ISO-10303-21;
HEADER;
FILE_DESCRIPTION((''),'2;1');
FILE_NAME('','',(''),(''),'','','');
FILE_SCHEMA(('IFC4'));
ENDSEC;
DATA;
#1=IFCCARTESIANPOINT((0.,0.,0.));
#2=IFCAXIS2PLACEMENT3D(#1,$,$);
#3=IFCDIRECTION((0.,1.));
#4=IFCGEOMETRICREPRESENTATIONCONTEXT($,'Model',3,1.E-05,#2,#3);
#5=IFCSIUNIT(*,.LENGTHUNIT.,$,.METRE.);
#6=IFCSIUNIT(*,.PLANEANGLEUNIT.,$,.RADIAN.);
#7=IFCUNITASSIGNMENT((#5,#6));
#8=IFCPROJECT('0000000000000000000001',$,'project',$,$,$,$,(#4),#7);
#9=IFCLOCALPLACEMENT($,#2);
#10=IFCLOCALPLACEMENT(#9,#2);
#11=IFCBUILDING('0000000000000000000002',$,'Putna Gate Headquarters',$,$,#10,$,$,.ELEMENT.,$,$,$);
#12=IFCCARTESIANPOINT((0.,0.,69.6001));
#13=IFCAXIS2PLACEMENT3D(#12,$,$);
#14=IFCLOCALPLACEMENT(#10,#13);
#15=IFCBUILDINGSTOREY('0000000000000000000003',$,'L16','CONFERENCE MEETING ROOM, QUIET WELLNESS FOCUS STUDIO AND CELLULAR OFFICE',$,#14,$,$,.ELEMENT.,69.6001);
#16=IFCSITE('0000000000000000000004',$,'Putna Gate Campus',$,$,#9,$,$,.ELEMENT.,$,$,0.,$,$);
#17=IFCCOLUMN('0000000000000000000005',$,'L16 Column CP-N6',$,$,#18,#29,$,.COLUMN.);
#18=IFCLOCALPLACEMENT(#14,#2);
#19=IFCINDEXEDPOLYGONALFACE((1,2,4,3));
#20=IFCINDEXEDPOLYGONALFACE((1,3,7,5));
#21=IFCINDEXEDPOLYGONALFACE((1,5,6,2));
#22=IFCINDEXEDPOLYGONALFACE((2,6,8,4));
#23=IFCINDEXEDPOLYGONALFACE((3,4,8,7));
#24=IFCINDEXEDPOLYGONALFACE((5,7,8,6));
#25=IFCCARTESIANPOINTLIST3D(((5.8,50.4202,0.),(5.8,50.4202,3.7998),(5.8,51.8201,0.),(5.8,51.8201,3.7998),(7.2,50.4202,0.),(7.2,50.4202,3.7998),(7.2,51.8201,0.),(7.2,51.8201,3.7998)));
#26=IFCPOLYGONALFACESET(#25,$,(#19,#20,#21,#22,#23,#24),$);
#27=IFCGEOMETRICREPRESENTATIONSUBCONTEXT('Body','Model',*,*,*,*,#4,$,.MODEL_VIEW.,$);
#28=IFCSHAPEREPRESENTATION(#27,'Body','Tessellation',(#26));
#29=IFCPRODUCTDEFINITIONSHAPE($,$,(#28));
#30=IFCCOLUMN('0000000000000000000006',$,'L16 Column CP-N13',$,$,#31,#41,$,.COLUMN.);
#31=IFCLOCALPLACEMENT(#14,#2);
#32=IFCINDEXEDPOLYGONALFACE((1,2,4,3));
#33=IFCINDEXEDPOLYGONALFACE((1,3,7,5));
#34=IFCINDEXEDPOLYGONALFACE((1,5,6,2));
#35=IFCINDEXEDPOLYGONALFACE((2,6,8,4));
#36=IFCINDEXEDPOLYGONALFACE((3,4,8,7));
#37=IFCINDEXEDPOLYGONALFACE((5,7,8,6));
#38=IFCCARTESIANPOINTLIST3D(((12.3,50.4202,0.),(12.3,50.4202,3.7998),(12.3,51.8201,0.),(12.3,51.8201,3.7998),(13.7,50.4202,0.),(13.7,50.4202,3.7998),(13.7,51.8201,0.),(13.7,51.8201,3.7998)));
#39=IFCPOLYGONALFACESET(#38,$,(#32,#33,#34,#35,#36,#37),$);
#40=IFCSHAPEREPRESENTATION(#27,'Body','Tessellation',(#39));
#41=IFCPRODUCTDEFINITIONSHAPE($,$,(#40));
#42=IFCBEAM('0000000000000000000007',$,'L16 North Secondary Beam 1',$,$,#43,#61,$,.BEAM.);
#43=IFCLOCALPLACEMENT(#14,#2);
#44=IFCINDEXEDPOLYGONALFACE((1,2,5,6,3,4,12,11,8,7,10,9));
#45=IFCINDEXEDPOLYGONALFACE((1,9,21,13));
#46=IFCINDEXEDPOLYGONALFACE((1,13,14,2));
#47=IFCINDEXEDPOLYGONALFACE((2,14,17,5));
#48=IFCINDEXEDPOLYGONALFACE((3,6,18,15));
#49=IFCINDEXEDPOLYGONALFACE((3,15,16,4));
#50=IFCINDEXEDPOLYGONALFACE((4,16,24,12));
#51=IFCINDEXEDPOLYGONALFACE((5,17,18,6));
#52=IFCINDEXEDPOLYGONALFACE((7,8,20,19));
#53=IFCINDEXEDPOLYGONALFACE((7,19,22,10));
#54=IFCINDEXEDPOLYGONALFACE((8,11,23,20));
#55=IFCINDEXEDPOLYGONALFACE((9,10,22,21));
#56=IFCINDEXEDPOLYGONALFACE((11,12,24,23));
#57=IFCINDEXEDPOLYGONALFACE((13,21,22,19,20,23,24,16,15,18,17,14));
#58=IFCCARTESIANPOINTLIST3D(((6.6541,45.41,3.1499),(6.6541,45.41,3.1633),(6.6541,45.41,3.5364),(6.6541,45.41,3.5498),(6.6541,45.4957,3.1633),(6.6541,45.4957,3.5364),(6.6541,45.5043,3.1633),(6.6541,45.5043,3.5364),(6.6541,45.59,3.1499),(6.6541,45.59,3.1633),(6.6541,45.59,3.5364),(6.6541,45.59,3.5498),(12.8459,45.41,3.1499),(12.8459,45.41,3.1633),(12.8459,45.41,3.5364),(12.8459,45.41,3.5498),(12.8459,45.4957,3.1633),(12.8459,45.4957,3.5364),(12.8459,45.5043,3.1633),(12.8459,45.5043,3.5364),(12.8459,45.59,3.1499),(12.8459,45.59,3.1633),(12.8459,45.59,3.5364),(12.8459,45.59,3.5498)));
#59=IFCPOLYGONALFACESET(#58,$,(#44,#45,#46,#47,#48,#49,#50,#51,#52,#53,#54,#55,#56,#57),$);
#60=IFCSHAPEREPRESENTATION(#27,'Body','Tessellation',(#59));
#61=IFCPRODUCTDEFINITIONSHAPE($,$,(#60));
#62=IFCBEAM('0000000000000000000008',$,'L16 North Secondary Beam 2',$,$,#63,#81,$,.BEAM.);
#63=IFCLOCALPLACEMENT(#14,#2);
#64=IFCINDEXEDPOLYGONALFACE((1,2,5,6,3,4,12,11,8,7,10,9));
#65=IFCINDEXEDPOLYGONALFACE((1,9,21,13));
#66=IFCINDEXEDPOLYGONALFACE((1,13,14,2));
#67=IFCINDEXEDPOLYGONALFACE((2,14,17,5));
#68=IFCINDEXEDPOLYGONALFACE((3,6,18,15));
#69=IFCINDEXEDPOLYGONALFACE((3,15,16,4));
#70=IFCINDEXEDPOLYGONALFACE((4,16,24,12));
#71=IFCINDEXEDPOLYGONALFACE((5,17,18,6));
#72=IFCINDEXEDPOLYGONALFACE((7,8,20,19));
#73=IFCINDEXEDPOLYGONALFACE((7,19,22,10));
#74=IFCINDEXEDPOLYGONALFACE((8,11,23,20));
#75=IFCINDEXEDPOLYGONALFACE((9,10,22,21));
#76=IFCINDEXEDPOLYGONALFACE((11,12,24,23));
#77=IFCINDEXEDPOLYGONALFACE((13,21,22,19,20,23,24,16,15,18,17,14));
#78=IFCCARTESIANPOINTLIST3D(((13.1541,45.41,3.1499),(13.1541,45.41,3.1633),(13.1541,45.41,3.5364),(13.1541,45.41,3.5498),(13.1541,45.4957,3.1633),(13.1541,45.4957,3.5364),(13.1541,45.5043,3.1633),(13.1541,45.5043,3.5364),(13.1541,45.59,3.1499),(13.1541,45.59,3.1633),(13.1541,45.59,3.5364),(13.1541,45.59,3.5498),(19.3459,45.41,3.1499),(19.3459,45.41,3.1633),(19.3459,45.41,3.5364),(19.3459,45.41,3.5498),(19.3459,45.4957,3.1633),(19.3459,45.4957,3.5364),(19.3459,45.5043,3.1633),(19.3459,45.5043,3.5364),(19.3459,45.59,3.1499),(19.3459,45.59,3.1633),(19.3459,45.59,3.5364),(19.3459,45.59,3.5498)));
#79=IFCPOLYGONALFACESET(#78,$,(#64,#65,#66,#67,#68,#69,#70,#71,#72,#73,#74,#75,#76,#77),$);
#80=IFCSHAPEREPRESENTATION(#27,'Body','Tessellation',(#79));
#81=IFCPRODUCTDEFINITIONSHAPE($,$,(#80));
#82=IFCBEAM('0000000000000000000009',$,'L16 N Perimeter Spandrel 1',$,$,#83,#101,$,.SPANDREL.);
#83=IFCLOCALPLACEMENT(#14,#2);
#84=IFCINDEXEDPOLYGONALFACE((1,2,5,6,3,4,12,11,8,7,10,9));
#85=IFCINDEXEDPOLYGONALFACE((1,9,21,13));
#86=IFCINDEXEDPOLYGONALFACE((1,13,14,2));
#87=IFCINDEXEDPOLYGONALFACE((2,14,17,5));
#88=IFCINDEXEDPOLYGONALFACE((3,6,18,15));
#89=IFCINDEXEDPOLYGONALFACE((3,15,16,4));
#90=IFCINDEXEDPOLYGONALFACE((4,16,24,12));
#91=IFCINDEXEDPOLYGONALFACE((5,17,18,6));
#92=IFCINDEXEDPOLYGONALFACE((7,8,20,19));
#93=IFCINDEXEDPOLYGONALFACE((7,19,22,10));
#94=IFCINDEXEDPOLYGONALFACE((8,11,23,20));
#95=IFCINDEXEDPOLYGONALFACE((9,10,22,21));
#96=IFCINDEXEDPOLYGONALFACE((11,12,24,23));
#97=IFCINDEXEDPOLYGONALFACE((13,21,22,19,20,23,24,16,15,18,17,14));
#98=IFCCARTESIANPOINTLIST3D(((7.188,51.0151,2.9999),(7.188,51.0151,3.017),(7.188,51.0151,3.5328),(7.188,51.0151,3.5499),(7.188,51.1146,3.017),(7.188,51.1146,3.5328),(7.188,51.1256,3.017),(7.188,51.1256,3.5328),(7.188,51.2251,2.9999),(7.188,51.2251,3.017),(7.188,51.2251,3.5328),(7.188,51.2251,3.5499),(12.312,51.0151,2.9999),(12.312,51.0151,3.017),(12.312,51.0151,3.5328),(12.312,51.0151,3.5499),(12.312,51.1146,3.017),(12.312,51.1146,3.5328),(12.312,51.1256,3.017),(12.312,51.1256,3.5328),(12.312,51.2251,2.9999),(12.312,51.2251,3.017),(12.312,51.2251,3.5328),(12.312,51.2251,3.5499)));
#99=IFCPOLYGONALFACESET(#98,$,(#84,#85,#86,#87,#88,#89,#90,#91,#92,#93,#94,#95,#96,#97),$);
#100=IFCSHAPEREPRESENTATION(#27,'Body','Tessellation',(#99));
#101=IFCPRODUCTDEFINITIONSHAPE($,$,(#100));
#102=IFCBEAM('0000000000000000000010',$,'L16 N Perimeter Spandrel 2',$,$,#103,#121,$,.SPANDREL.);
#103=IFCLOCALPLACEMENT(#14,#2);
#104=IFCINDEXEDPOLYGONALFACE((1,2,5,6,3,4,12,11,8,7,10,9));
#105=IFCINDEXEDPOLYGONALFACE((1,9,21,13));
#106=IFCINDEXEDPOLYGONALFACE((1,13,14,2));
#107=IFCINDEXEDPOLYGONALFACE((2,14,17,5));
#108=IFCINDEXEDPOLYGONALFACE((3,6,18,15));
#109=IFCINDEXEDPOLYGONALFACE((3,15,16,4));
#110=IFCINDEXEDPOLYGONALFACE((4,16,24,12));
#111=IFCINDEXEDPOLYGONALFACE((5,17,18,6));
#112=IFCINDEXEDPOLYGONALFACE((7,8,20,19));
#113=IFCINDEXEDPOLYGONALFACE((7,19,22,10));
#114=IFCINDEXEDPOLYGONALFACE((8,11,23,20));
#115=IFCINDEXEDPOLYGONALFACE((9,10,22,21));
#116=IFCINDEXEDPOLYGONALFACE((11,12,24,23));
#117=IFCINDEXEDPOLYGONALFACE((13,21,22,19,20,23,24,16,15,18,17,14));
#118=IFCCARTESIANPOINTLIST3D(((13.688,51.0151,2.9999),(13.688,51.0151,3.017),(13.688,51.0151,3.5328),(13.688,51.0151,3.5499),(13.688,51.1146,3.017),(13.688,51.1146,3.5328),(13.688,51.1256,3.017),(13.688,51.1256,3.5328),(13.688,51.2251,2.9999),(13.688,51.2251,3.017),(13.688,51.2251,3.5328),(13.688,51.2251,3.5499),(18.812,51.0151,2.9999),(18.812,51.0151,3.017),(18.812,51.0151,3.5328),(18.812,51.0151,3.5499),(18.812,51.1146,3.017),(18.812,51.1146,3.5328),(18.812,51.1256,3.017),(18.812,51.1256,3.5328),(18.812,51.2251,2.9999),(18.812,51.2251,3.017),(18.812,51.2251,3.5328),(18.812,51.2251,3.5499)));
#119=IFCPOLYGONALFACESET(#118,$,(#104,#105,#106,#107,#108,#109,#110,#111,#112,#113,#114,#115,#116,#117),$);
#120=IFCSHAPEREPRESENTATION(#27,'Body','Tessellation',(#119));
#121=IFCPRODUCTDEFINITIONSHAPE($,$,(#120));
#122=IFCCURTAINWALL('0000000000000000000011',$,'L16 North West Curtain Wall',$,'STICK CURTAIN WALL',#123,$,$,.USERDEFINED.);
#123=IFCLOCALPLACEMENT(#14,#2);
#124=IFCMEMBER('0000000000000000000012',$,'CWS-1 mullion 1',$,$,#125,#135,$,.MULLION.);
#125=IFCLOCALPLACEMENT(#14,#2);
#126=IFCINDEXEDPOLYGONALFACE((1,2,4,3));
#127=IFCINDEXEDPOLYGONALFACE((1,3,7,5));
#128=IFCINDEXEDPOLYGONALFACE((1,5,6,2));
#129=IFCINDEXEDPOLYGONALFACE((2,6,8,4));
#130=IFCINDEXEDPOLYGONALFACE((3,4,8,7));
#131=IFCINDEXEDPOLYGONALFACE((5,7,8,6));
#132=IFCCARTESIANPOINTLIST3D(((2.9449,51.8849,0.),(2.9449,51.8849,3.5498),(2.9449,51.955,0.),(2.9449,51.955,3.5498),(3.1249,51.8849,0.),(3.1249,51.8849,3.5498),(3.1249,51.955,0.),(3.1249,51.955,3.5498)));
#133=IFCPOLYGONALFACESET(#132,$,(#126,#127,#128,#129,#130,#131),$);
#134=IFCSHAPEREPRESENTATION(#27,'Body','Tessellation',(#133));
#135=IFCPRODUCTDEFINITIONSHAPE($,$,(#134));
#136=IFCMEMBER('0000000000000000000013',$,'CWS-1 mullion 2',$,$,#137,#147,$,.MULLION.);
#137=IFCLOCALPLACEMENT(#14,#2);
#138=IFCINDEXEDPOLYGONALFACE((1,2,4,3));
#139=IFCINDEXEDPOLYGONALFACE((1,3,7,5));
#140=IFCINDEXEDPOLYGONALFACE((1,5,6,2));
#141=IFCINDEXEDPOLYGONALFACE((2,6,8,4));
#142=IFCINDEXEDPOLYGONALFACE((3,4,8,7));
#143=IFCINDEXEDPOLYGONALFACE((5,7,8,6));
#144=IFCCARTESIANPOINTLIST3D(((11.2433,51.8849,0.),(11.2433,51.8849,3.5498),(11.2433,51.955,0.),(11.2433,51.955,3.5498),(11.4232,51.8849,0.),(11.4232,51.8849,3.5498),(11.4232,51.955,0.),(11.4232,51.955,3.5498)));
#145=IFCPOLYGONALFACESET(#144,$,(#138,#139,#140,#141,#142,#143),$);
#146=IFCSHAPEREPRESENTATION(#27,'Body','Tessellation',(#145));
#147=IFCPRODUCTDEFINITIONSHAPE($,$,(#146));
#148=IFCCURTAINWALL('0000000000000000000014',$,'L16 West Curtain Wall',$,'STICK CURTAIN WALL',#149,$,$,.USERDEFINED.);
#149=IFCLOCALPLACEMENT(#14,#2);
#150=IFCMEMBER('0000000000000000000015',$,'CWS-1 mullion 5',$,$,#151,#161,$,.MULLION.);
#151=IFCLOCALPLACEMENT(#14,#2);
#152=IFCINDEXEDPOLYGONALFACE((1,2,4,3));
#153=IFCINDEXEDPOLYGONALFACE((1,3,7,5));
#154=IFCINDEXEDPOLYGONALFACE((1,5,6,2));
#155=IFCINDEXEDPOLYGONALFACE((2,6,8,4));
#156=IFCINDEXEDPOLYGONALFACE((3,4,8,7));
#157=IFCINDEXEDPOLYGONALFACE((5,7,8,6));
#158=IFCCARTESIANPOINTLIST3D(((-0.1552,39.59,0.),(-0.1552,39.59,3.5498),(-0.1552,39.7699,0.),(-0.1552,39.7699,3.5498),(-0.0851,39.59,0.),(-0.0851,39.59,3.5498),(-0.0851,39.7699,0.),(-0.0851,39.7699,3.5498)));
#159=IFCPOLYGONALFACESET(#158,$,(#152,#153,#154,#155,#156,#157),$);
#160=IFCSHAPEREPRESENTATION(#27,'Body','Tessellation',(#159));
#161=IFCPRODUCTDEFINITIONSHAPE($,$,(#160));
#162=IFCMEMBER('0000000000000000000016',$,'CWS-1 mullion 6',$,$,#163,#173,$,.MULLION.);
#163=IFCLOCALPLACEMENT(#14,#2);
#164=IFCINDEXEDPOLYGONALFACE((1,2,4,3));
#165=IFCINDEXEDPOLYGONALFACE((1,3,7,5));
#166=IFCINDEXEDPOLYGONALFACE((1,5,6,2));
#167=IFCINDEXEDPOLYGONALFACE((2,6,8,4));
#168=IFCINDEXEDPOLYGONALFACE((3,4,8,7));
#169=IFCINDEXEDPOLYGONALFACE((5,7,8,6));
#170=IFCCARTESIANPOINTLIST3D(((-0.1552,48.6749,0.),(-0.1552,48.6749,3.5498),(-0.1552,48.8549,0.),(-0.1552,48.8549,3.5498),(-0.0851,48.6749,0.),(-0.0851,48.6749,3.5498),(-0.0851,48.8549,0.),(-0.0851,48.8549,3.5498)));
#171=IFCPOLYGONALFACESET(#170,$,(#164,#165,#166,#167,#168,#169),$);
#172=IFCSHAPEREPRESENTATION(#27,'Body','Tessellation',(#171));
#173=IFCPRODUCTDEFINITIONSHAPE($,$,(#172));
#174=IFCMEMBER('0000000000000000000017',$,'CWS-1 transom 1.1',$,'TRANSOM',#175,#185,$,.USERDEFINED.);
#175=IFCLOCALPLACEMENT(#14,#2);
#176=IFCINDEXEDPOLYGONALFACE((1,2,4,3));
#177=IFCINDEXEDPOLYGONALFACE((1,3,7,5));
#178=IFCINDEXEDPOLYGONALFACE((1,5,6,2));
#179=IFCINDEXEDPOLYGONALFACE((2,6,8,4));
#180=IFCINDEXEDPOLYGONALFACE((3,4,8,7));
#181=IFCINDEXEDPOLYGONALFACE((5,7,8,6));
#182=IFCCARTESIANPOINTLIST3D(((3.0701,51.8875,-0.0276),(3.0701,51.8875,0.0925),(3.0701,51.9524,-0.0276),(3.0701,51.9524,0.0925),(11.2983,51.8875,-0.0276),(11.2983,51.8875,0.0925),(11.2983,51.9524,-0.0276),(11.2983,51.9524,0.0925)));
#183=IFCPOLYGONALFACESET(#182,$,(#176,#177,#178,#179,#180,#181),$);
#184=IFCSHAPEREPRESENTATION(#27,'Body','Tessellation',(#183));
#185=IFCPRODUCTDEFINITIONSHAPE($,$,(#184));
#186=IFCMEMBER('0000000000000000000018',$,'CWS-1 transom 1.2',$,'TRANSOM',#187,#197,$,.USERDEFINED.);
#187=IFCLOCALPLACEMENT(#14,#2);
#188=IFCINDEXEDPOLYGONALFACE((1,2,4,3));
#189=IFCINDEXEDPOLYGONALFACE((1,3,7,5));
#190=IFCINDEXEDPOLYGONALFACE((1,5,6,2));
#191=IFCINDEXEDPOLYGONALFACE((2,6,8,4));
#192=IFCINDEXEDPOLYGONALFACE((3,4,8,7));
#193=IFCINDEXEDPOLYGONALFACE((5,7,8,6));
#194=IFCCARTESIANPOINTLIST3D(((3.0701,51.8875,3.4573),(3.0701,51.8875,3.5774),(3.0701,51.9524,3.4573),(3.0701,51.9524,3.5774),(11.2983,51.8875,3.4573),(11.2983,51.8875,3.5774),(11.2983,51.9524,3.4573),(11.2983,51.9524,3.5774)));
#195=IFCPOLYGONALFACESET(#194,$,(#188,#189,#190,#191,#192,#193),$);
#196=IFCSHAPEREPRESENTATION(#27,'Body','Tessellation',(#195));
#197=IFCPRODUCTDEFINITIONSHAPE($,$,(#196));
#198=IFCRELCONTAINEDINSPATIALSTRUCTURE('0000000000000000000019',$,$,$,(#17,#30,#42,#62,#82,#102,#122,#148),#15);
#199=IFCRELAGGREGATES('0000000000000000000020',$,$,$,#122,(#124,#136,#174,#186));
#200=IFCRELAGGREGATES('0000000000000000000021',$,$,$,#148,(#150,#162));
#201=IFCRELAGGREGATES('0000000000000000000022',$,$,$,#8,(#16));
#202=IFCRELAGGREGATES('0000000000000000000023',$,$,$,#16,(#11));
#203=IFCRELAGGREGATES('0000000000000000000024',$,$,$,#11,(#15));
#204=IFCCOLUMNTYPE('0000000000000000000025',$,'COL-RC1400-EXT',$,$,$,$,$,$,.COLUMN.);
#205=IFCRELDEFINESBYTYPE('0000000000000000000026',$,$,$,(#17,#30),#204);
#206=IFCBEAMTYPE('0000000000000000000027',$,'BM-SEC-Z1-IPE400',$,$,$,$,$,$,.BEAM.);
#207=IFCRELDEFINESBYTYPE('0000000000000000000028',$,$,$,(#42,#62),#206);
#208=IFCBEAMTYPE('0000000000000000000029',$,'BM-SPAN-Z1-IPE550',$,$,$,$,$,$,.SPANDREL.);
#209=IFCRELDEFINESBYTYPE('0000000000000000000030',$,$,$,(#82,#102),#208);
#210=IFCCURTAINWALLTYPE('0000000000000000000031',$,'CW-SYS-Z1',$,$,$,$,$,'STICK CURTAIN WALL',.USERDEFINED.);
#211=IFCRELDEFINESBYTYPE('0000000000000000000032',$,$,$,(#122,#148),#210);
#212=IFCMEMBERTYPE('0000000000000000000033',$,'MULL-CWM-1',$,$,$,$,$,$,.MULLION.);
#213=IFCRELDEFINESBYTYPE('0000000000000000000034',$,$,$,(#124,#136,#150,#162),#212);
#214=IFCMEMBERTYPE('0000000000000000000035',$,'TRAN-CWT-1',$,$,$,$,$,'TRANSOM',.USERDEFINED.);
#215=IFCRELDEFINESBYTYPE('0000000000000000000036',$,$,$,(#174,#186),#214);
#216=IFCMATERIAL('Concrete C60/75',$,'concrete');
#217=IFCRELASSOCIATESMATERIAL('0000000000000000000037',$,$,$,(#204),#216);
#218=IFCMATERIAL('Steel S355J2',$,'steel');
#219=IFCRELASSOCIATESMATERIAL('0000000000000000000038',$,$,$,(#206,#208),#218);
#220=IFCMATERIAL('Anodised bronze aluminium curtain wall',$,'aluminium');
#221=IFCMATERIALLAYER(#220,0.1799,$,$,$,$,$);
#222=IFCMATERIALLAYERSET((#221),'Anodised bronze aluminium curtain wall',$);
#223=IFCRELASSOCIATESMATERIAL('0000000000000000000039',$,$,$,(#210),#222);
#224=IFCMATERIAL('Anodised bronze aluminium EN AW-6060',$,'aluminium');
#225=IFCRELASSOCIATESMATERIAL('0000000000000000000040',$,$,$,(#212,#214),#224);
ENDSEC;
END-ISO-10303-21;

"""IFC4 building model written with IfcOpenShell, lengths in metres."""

from ifc_helpers import new_model, si_unit, direction, frame, origin, origin_2d, place, context, subcontext, project, spatial, rectangle, i_section, extrude, material, layer, layer_set, material_profile, profile_set, type_object, element, aggregate, save


model = new_model("IFC4")

# Units and contexts
model_context = context("Model", 3, precision=1e-05, world=origin(), true_north=direction((0.0, 1.0)))
body_context = subcontext(model_context, "Body", "Model", "MODEL_VIEW")
ifc_project = project(units=[si_unit("LENGTHUNIT", "METRE"), si_unit("PLANEANGLEUNIT", "RADIAN")], contexts=[model_context])

# Site, building, storey
site_placement = place(None, origin())
site = spatial("IfcSite", under=ifc_project, at=site_placement, Name="Putna Gate Campus", CompositionType="ELEMENT", RefElevation=0.0)
building_placement = place(site_placement, origin())
building = spatial("IfcBuilding", under=site, at=building_placement, Name="Putna Gate Headquarters", CompositionType="ELEMENT")
storey_placement = place(building_placement, frame((0.0, 0.0, 69.6001)))
storey = spatial("IfcBuildingStorey", under=building, at=storey_placement, Name="L16", Description="CONFERENCE MEETING ROOM, QUIET WELLNESS FOCUS STUDIO AND CELLULAR OFFICE", CompositionType="ELEMENT", Elevation=69.6001)

# Columns
ifc_material_1 = material(Name="Concrete C60/75", Category="concrete")
ifc_material_profile_1 = material_profile(ifc_material_1, rectangle(XDim=1.3999, YDim=1.3999, at=origin_2d()), Name="Concrete C60/75")
ifc_profile_set_1 = profile_set([ifc_material_profile_1], Name="Concrete C60/75")
column_type = type_object("IfcColumnType", Name="COL-RC1400-EXT", PredefinedType="COLUMN", material=ifc_profile_set_1)
for number, where, z_axis, x_axis, name in (
    (1, (6.5, 51.1201, 0.0), (0.0, 0.0, 1.0), (1.0, 0.0, 0.0), "L16 Column CP-N6"),
    (2, (13.0, 51.1201, 0.0), (0.0, 0.0, 1.0), (1.0, 0.0, 0.0), "L16 Column CP-N13"),
):
    element("IfcColumn", number, at=place(storey_placement, frame(where, z_axis=z_axis, x_axis=x_axis)), inside=storey, type_object=column_type, Name=name, PredefinedType="COLUMN", context=body_context, shape_type="SweptSolid", body=[
        extrude(rectangle(XDim=1.3999, YDim=1.3999, at=origin_2d()), origin(), (0.0, 0.0, 1.0), 3.7998),
    ])

# Beams
ifc_material_2 = material(Name="Steel S355J2", Category="steel")
ifc_material_profile_2 = material_profile(ifc_material_2, i_section(OverallWidth=0.1799, OverallDepth=0.3999, WebThickness=0.0085, FlangeThickness=0.0134, at=origin_2d()), Name="Steel S355J2")
ifc_profile_set_2 = profile_set([ifc_material_profile_2], Name="Steel S355J2")
beam_type_1 = type_object("IfcBeamType", Name="BM-SEC-Z1-IPE400", PredefinedType="BEAM", material=ifc_profile_set_2)
for number, where, z_axis, x_axis, name in (
    (3, (6.6541, 45.5, 3.3499), (1.0, 0.0, 0.0), (0.0, 1.0, 0.0), "L16 North Secondary Beam 1"),
    (4, (13.1541, 45.5, 3.3499), (1.0, 0.0, 0.0), (0.0, 1.0, 0.0), "L16 North Secondary Beam 2"),
):
    element("IfcBeam", number, at=place(storey_placement, frame(where, z_axis=z_axis, x_axis=x_axis)), inside=storey, type_object=beam_type_1, Name=name, PredefinedType="BEAM", context=body_context, shape_type="SweptSolid", body=[
        extrude(i_section(OverallWidth=0.1799, OverallDepth=0.3999, WebThickness=0.0085, FlangeThickness=0.0134, at=origin_2d()), origin(), (0.0, 0.0, 1.0), 6.1919),
    ])
ifc_material_profile_3 = material_profile(ifc_material_2, i_section(OverallWidth=0.21, OverallDepth=0.55, WebThickness=0.011, FlangeThickness=0.0171, at=origin_2d()), Name="Steel S355J2")
ifc_profile_set_3 = profile_set([ifc_material_profile_3], Name="Steel S355J2")
beam_type_2 = type_object("IfcBeamType", Name="BM-SPAN-Z1-IPE550", PredefinedType="SPANDREL", material=ifc_profile_set_3)
for number, where, z_axis, x_axis, name in (
    (5, (7.188, 51.1201, 3.2749), (1.0, 0.0, 0.0), (0.0, 1.0, 0.0), "L16 N Perimeter Spandrel 1"),
    (6, (13.688, 51.1201, 3.2749), (1.0, 0.0, 0.0), (0.0, 1.0, 0.0), "L16 N Perimeter Spandrel 2"),
):
    element("IfcBeam", number, at=place(storey_placement, frame(where, z_axis=z_axis, x_axis=x_axis)), inside=storey, type_object=beam_type_2, Name=name, PredefinedType="SPANDREL", context=body_context, shape_type="SweptSolid", body=[
        extrude(i_section(OverallWidth=0.21, OverallDepth=0.55, WebThickness=0.011, FlangeThickness=0.0171, at=origin_2d()), origin(), (0.0, 0.0, 1.0), 5.124),
    ])

# Curtain walls, members
ifc_material_3 = material(Name="Anodised bronze aluminium curtain wall", Category="aluminium")
ifc_layer_1 = layer(ifc_material_3, 0.1799)
ifc_layer_set_1 = layer_set([ifc_layer_1], Name="Anodised bronze aluminium curtain wall")
curtain_wall_type = type_object("IfcCurtainWallType", Name="CW-SYS-Z1", ElementType="STICK CURTAIN WALL", PredefinedType="USERDEFINED", material=ifc_layer_set_1)
curtain_wall_1_placement = place(storey_placement, origin())
curtain_wall_1 = element("IfcCurtainWall", 7, at=curtain_wall_1_placement, inside=storey, type_object=curtain_wall_type, Name="L16 North West Curtain Wall", ObjectType="STICK CURTAIN WALL", PredefinedType="USERDEFINED")
ifc_material_4 = material(Name="Anodised bronze aluminium EN AW-6060", Category="aluminium")
ifc_material_profile_4 = material_profile(ifc_material_4, rectangle(XDim=0.0701, YDim=0.1799, at=origin_2d()), Name="Anodised bronze aluminium EN AW-6060")
ifc_profile_set_4 = profile_set([ifc_material_profile_4], Name="Anodised bronze aluminium EN AW-6060")
member_type_1 = type_object("IfcMemberType", Name="MULL-CWM-1", PredefinedType="MULLION", material=ifc_profile_set_4)
member_1_placement = place(storey_placement, frame((3.0349, 51.9199, 0.0), z_axis=(0.0, 0.0, 1.0), x_axis=(0.0, 1.0, 0.0)))
member_1 = element("IfcMember", 8, at=member_1_placement, type_object=member_type_1, Name="CWS-1 mullion 1", PredefinedType="MULLION", context=body_context, shape_type="SweptSolid", body=[
    extrude(rectangle(XDim=0.0701, YDim=0.1799, at=origin_2d()), origin(), (0.0, 0.0, 1.0), 3.5498),
])
member_2_placement = place(storey_placement, frame((11.3333, 51.9199, 0.0), z_axis=(0.0, 0.0, 1.0), x_axis=(0.0, 1.0, 0.0)))
member_2 = element("IfcMember", 9, at=member_2_placement, type_object=member_type_1, Name="CWS-1 mullion 2", PredefinedType="MULLION", context=body_context, shape_type="SweptSolid", body=[
    extrude(rectangle(XDim=0.0701, YDim=0.1799, at=origin_2d()), origin(), (0.0, 0.0, 1.0), 3.5498),
])
curtain_wall_2_placement = place(storey_placement, origin())
curtain_wall_2 = element("IfcCurtainWall", 10, at=curtain_wall_2_placement, inside=storey, type_object=curtain_wall_type, Name="L16 West Curtain Wall", ObjectType="STICK CURTAIN WALL", PredefinedType="USERDEFINED")
member_3_placement = place(storey_placement, frame((-0.1201, 39.6799, 0.0), z_axis=(0.0, 0.0, 1.0), x_axis=(-1.0, 0.0, 0.0)))
member_3 = element("IfcMember", 11, at=member_3_placement, type_object=member_type_1, Name="CWS-1 mullion 5", PredefinedType="MULLION", context=body_context, shape_type="SweptSolid", body=[
    extrude(rectangle(XDim=0.0701, YDim=0.1799, at=origin_2d()), origin(), (0.0, 0.0, 1.0), 3.5498),
])
member_4_placement = place(storey_placement, frame((-0.1201, 48.7649, 0.0), z_axis=(0.0, 0.0, 1.0), x_axis=(-1.0, 0.0, 0.0)))
member_4 = element("IfcMember", 12, at=member_4_placement, type_object=member_type_1, Name="CWS-1 mullion 6", PredefinedType="MULLION", context=body_context, shape_type="SweptSolid", body=[
    extrude(rectangle(XDim=0.0701, YDim=0.1799, at=origin_2d()), origin(), (0.0, 0.0, 1.0), 3.5498),
])

# Members
ifc_material_profile_5 = material_profile(ifc_material_4, rectangle(XDim=0.0649, YDim=0.1201, at=origin_2d()), Name="Anodised bronze aluminium EN AW-6060")
ifc_profile_set_5 = profile_set([ifc_material_profile_5], Name="Anodised bronze aluminium EN AW-6060")
member_type_2 = type_object("IfcMemberType", Name="TRAN-CWT-1", ElementType="TRANSOM", PredefinedType="USERDEFINED", material=ifc_profile_set_5)
member_5_placement = place(storey_placement, frame((3.0701, 51.9199, 0.0325), z_axis=(1.0, 0.0, 0.0), x_axis=(0.0, 1.0, 0.0)))
member_5 = element("IfcMember", 13, at=member_5_placement, type_object=member_type_2, Name="CWS-1 transom 1.1", ObjectType="TRANSOM", PredefinedType="USERDEFINED", context=body_context, shape_type="SweptSolid", body=[
    extrude(rectangle(XDim=0.0649, YDim=0.1201, at=origin_2d()), origin(), (0.0, 0.0, 1.0), 8.2283),
])
member_6_placement = place(storey_placement, frame((3.0701, 51.9199, 3.5173), z_axis=(1.0, 0.0, 0.0), x_axis=(0.0, 1.0, 0.0)))
member_6 = element("IfcMember", 14, at=member_6_placement, type_object=member_type_2, Name="CWS-1 transom 1.2", ObjectType="TRANSOM", PredefinedType="USERDEFINED", context=body_context, shape_type="SweptSolid", body=[
    extrude(rectangle(XDim=0.0649, YDim=0.1201, at=origin_2d()), origin(), (0.0, 0.0, 1.0), 8.2283),
])

aggregate(curtain_wall_1, [member_1, member_2, member_5, member_6])
aggregate(curtain_wall_2, [member_3, member_4])

save(model, "model.ifc")
